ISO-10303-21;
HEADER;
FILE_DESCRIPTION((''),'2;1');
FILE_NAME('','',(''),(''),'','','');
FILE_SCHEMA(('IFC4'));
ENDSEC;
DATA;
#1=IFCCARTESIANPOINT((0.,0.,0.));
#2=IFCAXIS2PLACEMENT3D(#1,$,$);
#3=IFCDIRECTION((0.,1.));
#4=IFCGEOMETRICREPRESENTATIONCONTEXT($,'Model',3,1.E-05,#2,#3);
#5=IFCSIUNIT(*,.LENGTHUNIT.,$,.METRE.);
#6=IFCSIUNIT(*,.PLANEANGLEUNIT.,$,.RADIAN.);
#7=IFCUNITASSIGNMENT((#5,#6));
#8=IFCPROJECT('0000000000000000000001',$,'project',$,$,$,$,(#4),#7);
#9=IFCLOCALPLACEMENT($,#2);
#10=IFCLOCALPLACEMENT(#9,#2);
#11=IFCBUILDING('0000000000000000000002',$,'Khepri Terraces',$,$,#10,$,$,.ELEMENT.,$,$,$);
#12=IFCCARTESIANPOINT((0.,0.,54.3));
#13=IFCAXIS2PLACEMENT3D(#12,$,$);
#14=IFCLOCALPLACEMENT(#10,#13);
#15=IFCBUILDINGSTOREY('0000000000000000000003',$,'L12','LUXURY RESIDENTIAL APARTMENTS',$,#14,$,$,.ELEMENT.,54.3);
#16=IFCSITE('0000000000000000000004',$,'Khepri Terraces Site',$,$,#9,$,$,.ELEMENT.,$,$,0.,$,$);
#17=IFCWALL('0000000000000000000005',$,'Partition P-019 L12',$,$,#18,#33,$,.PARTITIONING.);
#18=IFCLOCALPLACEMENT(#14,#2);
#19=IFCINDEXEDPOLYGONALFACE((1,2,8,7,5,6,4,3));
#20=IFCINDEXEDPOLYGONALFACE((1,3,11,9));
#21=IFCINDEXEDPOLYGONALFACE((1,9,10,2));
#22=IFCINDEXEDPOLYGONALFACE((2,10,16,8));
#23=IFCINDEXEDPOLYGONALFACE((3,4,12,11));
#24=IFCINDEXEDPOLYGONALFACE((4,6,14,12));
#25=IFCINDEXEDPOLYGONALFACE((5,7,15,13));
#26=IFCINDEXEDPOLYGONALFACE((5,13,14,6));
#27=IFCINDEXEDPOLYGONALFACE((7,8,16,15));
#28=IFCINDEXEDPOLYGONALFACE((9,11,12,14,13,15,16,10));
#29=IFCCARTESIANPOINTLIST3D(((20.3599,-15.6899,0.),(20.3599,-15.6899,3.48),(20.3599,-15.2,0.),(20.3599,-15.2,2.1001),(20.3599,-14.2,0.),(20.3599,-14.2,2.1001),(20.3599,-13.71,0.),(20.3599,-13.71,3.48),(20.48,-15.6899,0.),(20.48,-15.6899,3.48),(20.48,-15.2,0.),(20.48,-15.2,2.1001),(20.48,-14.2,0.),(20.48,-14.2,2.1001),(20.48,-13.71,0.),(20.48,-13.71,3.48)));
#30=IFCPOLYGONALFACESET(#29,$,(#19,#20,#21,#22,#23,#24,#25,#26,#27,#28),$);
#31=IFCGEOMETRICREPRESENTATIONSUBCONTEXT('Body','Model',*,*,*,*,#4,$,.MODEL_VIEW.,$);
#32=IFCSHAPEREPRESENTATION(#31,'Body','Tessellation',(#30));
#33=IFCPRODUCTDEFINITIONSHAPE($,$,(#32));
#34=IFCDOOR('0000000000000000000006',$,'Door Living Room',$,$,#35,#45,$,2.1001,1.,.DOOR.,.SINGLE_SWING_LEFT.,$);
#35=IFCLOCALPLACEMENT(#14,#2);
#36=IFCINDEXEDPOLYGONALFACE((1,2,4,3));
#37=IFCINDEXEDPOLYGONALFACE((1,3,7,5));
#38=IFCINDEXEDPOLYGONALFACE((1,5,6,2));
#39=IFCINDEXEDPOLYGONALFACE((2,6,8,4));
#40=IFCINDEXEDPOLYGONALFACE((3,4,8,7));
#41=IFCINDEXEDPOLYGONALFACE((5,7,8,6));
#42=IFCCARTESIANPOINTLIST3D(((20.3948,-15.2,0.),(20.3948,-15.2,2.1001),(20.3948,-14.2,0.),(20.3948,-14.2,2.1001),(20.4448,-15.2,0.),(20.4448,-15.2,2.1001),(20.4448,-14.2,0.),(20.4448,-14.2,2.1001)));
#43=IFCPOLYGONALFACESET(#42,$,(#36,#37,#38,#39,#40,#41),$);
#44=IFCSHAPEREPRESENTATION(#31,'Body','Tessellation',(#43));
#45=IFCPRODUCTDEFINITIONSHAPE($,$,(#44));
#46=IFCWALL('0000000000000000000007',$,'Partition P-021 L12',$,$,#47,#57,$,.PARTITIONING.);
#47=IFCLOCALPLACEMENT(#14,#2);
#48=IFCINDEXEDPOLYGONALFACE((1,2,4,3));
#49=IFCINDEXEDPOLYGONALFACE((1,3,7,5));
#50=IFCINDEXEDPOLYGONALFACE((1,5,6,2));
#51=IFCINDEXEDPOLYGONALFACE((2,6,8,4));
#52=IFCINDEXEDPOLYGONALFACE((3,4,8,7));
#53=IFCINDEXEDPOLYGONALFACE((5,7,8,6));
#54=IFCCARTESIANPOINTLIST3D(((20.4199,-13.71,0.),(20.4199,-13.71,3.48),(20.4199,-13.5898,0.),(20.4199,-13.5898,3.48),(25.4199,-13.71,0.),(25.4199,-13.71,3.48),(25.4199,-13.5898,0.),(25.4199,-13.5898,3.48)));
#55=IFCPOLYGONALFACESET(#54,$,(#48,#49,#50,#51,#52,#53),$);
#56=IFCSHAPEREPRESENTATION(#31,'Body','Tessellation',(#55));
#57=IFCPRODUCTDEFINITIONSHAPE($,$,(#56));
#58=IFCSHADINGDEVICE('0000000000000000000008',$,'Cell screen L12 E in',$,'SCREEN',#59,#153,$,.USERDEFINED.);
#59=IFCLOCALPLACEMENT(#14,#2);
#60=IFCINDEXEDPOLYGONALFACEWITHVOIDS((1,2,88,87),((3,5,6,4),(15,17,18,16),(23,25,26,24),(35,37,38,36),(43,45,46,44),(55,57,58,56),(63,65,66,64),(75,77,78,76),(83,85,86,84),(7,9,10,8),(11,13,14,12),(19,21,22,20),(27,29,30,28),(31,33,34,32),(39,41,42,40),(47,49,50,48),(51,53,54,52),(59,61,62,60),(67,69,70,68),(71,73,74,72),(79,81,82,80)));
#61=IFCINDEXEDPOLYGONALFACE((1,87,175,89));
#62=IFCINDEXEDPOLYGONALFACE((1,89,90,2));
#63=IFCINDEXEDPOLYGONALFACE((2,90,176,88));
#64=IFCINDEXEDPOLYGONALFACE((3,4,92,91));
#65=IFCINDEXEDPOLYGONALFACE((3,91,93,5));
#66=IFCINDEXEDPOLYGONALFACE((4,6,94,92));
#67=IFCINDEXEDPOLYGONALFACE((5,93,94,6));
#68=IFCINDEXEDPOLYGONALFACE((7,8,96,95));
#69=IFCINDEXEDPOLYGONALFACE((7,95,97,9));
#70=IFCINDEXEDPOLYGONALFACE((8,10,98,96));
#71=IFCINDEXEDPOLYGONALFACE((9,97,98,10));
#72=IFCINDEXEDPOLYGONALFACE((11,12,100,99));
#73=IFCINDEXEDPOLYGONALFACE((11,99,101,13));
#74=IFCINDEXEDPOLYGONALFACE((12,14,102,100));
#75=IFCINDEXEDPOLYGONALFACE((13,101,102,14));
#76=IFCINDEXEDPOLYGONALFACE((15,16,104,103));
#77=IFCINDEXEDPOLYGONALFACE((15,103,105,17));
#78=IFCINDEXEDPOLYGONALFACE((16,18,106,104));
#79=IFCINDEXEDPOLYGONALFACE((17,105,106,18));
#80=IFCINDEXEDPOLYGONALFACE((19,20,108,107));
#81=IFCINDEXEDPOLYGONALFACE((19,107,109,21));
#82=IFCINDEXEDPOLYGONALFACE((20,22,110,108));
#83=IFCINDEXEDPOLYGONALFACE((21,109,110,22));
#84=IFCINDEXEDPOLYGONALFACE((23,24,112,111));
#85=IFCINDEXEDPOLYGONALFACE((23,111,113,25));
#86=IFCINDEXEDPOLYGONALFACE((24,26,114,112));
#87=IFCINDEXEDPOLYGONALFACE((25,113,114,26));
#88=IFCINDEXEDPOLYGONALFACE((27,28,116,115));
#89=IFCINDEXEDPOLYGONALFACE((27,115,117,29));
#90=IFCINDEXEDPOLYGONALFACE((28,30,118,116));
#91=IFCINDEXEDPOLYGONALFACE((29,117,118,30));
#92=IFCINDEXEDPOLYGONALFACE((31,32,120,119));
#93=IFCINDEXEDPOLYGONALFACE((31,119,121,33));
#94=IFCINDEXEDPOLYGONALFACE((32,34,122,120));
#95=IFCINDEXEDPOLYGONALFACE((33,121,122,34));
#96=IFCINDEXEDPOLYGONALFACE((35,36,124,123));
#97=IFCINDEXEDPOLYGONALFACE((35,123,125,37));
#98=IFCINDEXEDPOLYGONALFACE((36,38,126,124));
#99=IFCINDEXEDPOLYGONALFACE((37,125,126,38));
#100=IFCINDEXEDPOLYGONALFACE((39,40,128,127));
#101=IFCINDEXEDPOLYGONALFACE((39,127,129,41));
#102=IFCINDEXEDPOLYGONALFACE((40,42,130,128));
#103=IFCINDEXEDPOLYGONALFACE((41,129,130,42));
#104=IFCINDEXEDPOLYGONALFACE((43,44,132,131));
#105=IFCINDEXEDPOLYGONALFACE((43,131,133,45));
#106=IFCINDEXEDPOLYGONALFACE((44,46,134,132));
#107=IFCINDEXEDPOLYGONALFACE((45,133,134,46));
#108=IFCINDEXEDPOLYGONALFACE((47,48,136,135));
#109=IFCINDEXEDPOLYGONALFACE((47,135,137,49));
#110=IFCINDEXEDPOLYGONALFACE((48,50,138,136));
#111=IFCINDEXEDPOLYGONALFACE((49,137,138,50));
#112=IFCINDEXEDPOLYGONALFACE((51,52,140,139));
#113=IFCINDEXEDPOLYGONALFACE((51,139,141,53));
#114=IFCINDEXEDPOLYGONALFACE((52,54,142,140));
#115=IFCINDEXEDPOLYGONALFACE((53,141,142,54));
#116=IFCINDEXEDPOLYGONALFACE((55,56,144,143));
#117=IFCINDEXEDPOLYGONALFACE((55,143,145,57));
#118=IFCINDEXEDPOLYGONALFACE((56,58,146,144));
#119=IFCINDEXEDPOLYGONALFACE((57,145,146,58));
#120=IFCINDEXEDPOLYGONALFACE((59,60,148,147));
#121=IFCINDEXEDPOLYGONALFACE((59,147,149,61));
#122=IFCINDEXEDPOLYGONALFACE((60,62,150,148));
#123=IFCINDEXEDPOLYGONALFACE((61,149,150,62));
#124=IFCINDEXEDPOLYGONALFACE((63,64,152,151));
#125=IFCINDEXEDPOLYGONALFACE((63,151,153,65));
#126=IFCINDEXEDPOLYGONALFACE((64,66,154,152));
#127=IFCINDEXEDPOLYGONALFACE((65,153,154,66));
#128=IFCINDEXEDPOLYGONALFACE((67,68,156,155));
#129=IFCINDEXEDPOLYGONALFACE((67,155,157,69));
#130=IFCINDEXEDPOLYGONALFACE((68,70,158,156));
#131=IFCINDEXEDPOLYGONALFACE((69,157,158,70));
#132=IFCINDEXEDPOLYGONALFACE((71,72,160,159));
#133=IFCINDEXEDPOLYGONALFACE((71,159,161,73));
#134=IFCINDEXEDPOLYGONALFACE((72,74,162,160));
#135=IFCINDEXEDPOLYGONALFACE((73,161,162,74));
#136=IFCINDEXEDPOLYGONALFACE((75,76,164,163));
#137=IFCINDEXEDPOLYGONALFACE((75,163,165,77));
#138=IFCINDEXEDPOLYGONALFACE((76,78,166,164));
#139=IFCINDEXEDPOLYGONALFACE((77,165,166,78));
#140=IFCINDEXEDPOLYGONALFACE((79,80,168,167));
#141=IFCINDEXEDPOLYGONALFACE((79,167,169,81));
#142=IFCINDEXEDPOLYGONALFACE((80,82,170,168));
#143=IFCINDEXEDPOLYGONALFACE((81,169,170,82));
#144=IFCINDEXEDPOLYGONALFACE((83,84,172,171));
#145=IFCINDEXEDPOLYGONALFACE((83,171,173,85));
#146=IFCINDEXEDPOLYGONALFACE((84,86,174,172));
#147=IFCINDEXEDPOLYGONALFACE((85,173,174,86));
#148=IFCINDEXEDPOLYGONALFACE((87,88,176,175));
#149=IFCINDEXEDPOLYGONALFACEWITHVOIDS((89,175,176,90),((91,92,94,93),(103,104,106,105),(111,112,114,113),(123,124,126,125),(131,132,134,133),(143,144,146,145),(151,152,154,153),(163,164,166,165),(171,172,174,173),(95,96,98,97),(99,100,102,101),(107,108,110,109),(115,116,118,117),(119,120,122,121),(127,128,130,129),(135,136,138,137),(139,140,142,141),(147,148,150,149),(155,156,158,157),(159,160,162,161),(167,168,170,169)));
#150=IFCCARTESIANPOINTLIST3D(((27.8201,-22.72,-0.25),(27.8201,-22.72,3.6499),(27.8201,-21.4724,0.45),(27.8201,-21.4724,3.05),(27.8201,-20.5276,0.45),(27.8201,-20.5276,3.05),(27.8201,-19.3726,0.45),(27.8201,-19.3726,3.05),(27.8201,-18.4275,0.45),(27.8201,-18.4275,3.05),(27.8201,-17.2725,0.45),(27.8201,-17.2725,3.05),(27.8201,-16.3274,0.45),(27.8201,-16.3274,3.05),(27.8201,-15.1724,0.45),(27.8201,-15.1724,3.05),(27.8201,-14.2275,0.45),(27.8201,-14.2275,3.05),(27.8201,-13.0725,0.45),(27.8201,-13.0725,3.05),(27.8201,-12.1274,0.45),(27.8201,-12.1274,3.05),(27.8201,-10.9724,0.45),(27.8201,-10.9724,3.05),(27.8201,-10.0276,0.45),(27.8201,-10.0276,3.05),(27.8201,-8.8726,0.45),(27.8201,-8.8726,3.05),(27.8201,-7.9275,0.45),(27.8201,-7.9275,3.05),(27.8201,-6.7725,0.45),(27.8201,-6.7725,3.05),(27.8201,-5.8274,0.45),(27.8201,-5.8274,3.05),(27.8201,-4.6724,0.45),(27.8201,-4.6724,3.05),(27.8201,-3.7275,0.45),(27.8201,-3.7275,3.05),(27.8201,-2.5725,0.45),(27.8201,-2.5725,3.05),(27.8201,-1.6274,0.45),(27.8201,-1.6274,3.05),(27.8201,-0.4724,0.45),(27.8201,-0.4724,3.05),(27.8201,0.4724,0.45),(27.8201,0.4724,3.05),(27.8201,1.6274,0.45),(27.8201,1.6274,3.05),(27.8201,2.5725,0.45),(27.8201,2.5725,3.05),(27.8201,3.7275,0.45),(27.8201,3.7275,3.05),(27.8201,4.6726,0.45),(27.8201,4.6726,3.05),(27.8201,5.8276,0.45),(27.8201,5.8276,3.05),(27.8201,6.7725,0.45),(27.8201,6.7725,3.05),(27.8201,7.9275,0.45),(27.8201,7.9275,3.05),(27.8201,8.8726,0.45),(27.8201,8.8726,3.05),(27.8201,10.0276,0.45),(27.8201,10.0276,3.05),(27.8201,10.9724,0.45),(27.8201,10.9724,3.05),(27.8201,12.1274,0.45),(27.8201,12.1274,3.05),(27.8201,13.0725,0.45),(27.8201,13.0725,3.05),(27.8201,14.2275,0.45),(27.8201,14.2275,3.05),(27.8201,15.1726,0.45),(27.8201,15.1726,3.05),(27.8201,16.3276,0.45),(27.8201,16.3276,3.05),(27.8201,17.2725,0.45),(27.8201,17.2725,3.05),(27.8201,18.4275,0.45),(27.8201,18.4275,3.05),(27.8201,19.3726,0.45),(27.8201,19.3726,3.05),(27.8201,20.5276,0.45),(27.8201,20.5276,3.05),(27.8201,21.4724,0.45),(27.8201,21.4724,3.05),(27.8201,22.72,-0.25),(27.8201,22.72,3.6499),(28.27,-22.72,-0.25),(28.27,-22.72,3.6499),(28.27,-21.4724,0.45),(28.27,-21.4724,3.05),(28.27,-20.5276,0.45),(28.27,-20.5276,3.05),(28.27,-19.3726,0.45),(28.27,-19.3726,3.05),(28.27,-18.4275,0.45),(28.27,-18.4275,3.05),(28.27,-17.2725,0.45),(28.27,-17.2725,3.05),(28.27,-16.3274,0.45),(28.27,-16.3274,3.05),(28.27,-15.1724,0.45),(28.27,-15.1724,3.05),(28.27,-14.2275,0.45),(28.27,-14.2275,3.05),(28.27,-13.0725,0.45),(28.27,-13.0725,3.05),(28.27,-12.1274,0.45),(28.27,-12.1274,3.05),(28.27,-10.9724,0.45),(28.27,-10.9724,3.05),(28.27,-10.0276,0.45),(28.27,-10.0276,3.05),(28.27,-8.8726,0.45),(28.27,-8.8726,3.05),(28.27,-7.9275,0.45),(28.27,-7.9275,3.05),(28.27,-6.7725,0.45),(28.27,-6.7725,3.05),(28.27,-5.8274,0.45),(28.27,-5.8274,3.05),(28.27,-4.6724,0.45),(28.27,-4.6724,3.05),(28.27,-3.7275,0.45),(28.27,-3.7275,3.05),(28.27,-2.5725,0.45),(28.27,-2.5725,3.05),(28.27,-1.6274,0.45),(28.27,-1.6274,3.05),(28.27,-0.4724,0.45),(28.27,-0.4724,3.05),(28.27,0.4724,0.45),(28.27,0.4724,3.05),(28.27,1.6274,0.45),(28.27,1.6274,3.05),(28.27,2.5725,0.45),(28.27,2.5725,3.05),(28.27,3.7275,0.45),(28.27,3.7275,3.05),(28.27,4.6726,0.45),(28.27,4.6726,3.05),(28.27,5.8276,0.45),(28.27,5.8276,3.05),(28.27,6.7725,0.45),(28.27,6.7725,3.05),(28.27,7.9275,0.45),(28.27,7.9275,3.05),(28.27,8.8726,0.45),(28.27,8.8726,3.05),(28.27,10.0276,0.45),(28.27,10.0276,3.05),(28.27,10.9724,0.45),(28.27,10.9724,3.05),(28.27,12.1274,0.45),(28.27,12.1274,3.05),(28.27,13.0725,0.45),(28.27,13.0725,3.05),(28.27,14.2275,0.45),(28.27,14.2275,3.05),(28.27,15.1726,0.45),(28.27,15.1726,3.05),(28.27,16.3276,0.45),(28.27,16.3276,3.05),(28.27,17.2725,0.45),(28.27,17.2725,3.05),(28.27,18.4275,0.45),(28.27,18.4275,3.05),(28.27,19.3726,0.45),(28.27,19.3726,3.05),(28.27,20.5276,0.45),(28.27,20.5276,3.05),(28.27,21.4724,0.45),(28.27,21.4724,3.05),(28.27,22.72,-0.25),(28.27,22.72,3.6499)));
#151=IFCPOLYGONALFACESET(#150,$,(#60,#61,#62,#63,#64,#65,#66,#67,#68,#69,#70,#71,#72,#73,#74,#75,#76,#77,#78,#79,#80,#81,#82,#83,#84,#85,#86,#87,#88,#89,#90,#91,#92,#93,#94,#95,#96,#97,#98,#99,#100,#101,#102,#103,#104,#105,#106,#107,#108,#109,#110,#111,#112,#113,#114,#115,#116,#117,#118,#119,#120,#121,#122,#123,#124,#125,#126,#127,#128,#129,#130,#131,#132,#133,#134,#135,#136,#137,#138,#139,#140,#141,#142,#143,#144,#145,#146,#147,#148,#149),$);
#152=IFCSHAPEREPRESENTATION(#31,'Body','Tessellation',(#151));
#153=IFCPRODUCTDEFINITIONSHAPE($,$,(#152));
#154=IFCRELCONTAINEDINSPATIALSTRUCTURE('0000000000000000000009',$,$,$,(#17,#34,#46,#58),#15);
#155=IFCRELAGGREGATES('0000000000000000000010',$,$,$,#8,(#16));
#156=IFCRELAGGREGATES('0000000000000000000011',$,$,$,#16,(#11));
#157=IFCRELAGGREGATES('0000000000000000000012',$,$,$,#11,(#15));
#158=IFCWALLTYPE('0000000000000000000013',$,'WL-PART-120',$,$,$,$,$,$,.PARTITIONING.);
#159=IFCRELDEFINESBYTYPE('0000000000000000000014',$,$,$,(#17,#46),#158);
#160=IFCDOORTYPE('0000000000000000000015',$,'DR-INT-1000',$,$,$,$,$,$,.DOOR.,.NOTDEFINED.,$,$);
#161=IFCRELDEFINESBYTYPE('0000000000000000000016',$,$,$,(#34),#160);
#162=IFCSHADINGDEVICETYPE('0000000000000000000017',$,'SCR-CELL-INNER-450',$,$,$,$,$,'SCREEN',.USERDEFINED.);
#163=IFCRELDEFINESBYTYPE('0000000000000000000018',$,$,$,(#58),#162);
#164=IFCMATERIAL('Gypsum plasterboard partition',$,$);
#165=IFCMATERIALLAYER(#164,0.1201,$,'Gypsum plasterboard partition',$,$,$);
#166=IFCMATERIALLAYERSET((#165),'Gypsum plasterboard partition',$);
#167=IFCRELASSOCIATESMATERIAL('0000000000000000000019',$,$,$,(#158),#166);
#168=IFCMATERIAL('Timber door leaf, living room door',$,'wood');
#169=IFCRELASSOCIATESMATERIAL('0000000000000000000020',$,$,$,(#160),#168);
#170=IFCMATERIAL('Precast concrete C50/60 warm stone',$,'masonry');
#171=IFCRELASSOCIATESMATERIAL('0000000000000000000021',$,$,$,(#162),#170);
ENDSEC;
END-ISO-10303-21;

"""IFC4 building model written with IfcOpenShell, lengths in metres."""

from ifc_helpers import new_model, si_unit, direction, frame, frame_2d, origin, place, context, subcontext, project, spatial, polyline, rectangle, outline, extrude, material, layer, layer_set, type_object, element, fill, save


model = new_model("IFC4")

# Units and contexts
model_context = context("Model", 3, precision=1e-05, world=origin(), true_north=direction((0.0, 1.0)))
body_context = subcontext(model_context, "Body", "Model", "MODEL_VIEW")
ifc_project = project(units=[si_unit("LENGTHUNIT", "METRE"), si_unit("PLANEANGLEUNIT", "RADIAN")], contexts=[model_context])

# Site, building, storey
site_placement = place(None, origin())
site = spatial("IfcSite", under=ifc_project, at=site_placement, Name="Khepri Terraces Site", CompositionType="ELEMENT", RefElevation=0.0)
building_placement = place(site_placement, origin())
building = spatial("IfcBuilding", under=site, at=building_placement, Name="Khepri Terraces", CompositionType="ELEMENT")
storey_placement = place(building_placement, frame((0.0, 0.0, 54.3)))
storey = spatial("IfcBuildingStorey", under=building, at=storey_placement, Name="L12", Description="LUXURY RESIDENTIAL APARTMENTS", CompositionType="ELEMENT", Elevation=54.3)

# Shared definitions
ifc_material_1 = material(Name="Precast concrete C50/60 warm stone", Category="masonry")

# Shared definitions
ifc_material_2 = material(Name="Gypsum plasterboard partition")
ifc_layer_1 = layer(ifc_material_2, 0.1201, Name="Gypsum plasterboard partition")
ifc_layer_set_1 = layer_set([ifc_layer_1], Name="Gypsum plasterboard partition")
wall_type_1 = type_object("IfcWallType", Name="WL-PART-120", PredefinedType="PARTITIONING", material=ifc_layer_set_1)

# Wall, opening, door
ifc_material_3 = material(Name="Timber door leaf, living room door", Category="wood")
door_type_1 = type_object("IfcDoorType", Name="DR-INT-1000", OperationType="NOTDEFINED", PredefinedType="DOOR", material=ifc_material_3)
wall_1_placement = place(storey_placement, frame((20.4199, -15.6899, 0.0), z_axis=(0.0, 0.0, 1.0), x_axis=(0.0, 1.0, 0.0)))
wall_1 = element("IfcWall", 1, at=wall_1_placement, inside=storey, type_object=wall_type_1, Name="Partition P-019 L12", PredefinedType="PARTITIONING", context=body_context, shape_type="SweptSolid", body=[
    extrude(rectangle(XDim=1.98, YDim=0.1201, at=frame_2d((0.99, 0.0))), origin(), (0.0, 0.0, 1.0), 3.48),
])
opening_1_placement = place(wall_1_placement, frame((0.49, 0.0, 0.0)))
opening_1 = element("IfcOpeningElement", 2, at=opening_1_placement, cuts=wall_1, PredefinedType="OPENING", context=body_context, shape_type="SweptSolid", body=[
    extrude(rectangle(XDim=1.0, YDim=2.1001, at=frame_2d((0.5, 1.05))), frame((0.0, 0.0701, 0.0), z_axis=(0.0, -1.0, 0.0), x_axis=(1.0, 0.0, 0.0)), (0.0, 0.0, 1.0), 0.1401),
])
door_1_placement = place(opening_1_placement, frame((1.0, 0.0, 0.0), z_axis=(0.0, 0.0, 1.0), x_axis=(-1.0, 0.0, 0.0)))
door_1 = element("IfcDoor", 3, at=door_1_placement, inside=storey, type_object=door_type_1, Name="Door Living Room", OperationType="SINGLE_SWING_LEFT", OverallHeight=2.1001, OverallWidth=1.0, PredefinedType="DOOR", context=body_context, shape_type="SweptSolid", body=[
    extrude(rectangle(XDim=1.0, YDim=2.1001, at=frame_2d((0.5, 1.05))), frame((0.0, 0.0249, 0.0), z_axis=(0.0, -1.0, 0.0), x_axis=(1.0, 0.0, 0.0)), (0.0, 0.0, 1.0), 0.05),
])
fill(opening_1, door_1)

# Wall
wall_2_placement = place(storey_placement, frame((20.4199, -13.6499, 0.0), z_axis=(0.0, 0.0, 1.0), x_axis=(1.0, 0.0, 0.0)))
element("IfcWall", 4, at=wall_2_placement, inside=storey, type_object=wall_type_1, Name="Partition P-021 L12", PredefinedType="PARTITIONING", context=body_context, shape_type="SweptSolid", body=[
    extrude(rectangle(XDim=5.0, YDim=0.1201, at=frame_2d((2.5, 0.0))), origin(), (0.0, 0.0, 1.0), 3.48),
])

# Shading device
shading_device_type_1 = type_object("IfcShadingDeviceType", Name="SCR-CELL-INNER-450", ElementType="SCREEN", PredefinedType="USERDEFINED", material=ifc_material_1)
shading_device_1_placement = place(storey_placement, frame((27.8201, -22.72, -0.25), z_axis=(1.0, 0.0, 0.0), x_axis=(0.0, 1.0, 0.0)))
element("IfcShadingDevice", 5, at=shading_device_1_placement, inside=storey, type_object=shading_device_type_1, Name="Cell screen L12 E in", ObjectType="SCREEN", PredefinedType="USERDEFINED", context=body_context, shape_type="SweptSolid", body=[
    extrude(outline(polyline([(0.0, 0.0), (45.4399, 0.0), (45.4399, 3.8999), (0.0, 3.8999), (0.0, 0.0)]), holes=[polyline([(1.2476, 0.7), (2.1924, 0.7), (2.1924, 3.3), (1.2476, 3.3), (1.2476, 0.7)]), polyline([(3.3474, 0.7), (4.2925, 0.7), (4.2925, 3.3), (3.3474, 3.3), (3.3474, 0.7)]), polyline([(5.4475, 0.7), (6.3926, 0.7), (6.3926, 3.3), (5.4475, 3.3), (5.4475, 0.7)]), polyline([(7.5476, 0.7), (8.4924, 0.7), (8.4924, 3.3), (7.5476, 3.3), (7.5476, 0.7)]), polyline([(9.6475, 0.7), (10.5925, 0.7), (10.5925, 3.3), (9.6475, 3.3), (9.6475, 0.7)]), polyline([(11.7476, 0.7), (12.6924, 0.7), (12.6924, 3.3), (11.7476, 3.3), (11.7476, 0.7)]), polyline([(13.8474, 0.7), (14.7925, 0.7), (14.7925, 3.3), (13.8474, 3.3), (13.8474, 0.7)]), polyline([(15.9475, 0.7), (16.8926, 0.7), (16.8926, 3.3), (15.9475, 3.3), (15.9475, 0.7)]), polyline([(18.0476, 0.7), (18.9924, 0.7), (18.9924, 3.3), (18.0476, 3.3), (18.0476, 0.7)]), polyline([(20.1475, 0.7), (21.0925, 0.7), (21.0925, 3.3), (20.1475, 3.3), (20.1475, 0.7)]), polyline([(22.2476, 0.7), (23.1924, 0.7), (23.1924, 3.3), (22.2476, 3.3), (22.2476, 0.7)]), polyline([(24.3474, 0.7), (25.2925, 0.7), (25.2925, 3.3), (24.3474, 3.3), (24.3474, 0.7)]), polyline([(26.4475, 0.7), (27.3926, 0.7), (27.3926, 3.3), (26.4475, 3.3), (26.4475, 0.7)]), polyline([(28.5476, 0.7), (29.4924, 0.7), (29.4924, 3.3), (28.5476, 3.3), (28.5476, 0.7)]), polyline([(30.6475, 0.7), (31.5925, 0.7), (31.5925, 3.3), (30.6475, 3.3), (30.6475, 0.7)]), polyline([(32.7476, 0.7), (33.6924, 0.7), (33.6924, 3.3), (32.7476, 3.3), (32.7476, 0.7)]), polyline([(34.8474, 0.7), (35.7925, 0.7), (35.7925, 3.3), (34.8474, 3.3), (34.8474, 0.7)]), polyline([(36.9475, 0.7), (37.8926, 0.7), (37.8926, 3.3), (36.9475, 3.3), (36.9475, 0.7)]), polyline([(39.0476, 0.7), (39.9924, 0.7), (39.9924, 3.3), (39.0476, 3.3), (39.0476, 0.7)]), polyline([(41.1475, 0.7), (42.0925, 0.7), (42.0925, 3.3), (41.1475, 3.3), (41.1475, 0.7)]), polyline([(43.2476, 0.7), (44.1924, 0.7), (44.1924, 3.3), (43.2476, 3.3), (43.2476, 0.7)])]), origin(), (0.0, 0.0, 1.0), 0.45),
])

save(model, "model.ifc")
